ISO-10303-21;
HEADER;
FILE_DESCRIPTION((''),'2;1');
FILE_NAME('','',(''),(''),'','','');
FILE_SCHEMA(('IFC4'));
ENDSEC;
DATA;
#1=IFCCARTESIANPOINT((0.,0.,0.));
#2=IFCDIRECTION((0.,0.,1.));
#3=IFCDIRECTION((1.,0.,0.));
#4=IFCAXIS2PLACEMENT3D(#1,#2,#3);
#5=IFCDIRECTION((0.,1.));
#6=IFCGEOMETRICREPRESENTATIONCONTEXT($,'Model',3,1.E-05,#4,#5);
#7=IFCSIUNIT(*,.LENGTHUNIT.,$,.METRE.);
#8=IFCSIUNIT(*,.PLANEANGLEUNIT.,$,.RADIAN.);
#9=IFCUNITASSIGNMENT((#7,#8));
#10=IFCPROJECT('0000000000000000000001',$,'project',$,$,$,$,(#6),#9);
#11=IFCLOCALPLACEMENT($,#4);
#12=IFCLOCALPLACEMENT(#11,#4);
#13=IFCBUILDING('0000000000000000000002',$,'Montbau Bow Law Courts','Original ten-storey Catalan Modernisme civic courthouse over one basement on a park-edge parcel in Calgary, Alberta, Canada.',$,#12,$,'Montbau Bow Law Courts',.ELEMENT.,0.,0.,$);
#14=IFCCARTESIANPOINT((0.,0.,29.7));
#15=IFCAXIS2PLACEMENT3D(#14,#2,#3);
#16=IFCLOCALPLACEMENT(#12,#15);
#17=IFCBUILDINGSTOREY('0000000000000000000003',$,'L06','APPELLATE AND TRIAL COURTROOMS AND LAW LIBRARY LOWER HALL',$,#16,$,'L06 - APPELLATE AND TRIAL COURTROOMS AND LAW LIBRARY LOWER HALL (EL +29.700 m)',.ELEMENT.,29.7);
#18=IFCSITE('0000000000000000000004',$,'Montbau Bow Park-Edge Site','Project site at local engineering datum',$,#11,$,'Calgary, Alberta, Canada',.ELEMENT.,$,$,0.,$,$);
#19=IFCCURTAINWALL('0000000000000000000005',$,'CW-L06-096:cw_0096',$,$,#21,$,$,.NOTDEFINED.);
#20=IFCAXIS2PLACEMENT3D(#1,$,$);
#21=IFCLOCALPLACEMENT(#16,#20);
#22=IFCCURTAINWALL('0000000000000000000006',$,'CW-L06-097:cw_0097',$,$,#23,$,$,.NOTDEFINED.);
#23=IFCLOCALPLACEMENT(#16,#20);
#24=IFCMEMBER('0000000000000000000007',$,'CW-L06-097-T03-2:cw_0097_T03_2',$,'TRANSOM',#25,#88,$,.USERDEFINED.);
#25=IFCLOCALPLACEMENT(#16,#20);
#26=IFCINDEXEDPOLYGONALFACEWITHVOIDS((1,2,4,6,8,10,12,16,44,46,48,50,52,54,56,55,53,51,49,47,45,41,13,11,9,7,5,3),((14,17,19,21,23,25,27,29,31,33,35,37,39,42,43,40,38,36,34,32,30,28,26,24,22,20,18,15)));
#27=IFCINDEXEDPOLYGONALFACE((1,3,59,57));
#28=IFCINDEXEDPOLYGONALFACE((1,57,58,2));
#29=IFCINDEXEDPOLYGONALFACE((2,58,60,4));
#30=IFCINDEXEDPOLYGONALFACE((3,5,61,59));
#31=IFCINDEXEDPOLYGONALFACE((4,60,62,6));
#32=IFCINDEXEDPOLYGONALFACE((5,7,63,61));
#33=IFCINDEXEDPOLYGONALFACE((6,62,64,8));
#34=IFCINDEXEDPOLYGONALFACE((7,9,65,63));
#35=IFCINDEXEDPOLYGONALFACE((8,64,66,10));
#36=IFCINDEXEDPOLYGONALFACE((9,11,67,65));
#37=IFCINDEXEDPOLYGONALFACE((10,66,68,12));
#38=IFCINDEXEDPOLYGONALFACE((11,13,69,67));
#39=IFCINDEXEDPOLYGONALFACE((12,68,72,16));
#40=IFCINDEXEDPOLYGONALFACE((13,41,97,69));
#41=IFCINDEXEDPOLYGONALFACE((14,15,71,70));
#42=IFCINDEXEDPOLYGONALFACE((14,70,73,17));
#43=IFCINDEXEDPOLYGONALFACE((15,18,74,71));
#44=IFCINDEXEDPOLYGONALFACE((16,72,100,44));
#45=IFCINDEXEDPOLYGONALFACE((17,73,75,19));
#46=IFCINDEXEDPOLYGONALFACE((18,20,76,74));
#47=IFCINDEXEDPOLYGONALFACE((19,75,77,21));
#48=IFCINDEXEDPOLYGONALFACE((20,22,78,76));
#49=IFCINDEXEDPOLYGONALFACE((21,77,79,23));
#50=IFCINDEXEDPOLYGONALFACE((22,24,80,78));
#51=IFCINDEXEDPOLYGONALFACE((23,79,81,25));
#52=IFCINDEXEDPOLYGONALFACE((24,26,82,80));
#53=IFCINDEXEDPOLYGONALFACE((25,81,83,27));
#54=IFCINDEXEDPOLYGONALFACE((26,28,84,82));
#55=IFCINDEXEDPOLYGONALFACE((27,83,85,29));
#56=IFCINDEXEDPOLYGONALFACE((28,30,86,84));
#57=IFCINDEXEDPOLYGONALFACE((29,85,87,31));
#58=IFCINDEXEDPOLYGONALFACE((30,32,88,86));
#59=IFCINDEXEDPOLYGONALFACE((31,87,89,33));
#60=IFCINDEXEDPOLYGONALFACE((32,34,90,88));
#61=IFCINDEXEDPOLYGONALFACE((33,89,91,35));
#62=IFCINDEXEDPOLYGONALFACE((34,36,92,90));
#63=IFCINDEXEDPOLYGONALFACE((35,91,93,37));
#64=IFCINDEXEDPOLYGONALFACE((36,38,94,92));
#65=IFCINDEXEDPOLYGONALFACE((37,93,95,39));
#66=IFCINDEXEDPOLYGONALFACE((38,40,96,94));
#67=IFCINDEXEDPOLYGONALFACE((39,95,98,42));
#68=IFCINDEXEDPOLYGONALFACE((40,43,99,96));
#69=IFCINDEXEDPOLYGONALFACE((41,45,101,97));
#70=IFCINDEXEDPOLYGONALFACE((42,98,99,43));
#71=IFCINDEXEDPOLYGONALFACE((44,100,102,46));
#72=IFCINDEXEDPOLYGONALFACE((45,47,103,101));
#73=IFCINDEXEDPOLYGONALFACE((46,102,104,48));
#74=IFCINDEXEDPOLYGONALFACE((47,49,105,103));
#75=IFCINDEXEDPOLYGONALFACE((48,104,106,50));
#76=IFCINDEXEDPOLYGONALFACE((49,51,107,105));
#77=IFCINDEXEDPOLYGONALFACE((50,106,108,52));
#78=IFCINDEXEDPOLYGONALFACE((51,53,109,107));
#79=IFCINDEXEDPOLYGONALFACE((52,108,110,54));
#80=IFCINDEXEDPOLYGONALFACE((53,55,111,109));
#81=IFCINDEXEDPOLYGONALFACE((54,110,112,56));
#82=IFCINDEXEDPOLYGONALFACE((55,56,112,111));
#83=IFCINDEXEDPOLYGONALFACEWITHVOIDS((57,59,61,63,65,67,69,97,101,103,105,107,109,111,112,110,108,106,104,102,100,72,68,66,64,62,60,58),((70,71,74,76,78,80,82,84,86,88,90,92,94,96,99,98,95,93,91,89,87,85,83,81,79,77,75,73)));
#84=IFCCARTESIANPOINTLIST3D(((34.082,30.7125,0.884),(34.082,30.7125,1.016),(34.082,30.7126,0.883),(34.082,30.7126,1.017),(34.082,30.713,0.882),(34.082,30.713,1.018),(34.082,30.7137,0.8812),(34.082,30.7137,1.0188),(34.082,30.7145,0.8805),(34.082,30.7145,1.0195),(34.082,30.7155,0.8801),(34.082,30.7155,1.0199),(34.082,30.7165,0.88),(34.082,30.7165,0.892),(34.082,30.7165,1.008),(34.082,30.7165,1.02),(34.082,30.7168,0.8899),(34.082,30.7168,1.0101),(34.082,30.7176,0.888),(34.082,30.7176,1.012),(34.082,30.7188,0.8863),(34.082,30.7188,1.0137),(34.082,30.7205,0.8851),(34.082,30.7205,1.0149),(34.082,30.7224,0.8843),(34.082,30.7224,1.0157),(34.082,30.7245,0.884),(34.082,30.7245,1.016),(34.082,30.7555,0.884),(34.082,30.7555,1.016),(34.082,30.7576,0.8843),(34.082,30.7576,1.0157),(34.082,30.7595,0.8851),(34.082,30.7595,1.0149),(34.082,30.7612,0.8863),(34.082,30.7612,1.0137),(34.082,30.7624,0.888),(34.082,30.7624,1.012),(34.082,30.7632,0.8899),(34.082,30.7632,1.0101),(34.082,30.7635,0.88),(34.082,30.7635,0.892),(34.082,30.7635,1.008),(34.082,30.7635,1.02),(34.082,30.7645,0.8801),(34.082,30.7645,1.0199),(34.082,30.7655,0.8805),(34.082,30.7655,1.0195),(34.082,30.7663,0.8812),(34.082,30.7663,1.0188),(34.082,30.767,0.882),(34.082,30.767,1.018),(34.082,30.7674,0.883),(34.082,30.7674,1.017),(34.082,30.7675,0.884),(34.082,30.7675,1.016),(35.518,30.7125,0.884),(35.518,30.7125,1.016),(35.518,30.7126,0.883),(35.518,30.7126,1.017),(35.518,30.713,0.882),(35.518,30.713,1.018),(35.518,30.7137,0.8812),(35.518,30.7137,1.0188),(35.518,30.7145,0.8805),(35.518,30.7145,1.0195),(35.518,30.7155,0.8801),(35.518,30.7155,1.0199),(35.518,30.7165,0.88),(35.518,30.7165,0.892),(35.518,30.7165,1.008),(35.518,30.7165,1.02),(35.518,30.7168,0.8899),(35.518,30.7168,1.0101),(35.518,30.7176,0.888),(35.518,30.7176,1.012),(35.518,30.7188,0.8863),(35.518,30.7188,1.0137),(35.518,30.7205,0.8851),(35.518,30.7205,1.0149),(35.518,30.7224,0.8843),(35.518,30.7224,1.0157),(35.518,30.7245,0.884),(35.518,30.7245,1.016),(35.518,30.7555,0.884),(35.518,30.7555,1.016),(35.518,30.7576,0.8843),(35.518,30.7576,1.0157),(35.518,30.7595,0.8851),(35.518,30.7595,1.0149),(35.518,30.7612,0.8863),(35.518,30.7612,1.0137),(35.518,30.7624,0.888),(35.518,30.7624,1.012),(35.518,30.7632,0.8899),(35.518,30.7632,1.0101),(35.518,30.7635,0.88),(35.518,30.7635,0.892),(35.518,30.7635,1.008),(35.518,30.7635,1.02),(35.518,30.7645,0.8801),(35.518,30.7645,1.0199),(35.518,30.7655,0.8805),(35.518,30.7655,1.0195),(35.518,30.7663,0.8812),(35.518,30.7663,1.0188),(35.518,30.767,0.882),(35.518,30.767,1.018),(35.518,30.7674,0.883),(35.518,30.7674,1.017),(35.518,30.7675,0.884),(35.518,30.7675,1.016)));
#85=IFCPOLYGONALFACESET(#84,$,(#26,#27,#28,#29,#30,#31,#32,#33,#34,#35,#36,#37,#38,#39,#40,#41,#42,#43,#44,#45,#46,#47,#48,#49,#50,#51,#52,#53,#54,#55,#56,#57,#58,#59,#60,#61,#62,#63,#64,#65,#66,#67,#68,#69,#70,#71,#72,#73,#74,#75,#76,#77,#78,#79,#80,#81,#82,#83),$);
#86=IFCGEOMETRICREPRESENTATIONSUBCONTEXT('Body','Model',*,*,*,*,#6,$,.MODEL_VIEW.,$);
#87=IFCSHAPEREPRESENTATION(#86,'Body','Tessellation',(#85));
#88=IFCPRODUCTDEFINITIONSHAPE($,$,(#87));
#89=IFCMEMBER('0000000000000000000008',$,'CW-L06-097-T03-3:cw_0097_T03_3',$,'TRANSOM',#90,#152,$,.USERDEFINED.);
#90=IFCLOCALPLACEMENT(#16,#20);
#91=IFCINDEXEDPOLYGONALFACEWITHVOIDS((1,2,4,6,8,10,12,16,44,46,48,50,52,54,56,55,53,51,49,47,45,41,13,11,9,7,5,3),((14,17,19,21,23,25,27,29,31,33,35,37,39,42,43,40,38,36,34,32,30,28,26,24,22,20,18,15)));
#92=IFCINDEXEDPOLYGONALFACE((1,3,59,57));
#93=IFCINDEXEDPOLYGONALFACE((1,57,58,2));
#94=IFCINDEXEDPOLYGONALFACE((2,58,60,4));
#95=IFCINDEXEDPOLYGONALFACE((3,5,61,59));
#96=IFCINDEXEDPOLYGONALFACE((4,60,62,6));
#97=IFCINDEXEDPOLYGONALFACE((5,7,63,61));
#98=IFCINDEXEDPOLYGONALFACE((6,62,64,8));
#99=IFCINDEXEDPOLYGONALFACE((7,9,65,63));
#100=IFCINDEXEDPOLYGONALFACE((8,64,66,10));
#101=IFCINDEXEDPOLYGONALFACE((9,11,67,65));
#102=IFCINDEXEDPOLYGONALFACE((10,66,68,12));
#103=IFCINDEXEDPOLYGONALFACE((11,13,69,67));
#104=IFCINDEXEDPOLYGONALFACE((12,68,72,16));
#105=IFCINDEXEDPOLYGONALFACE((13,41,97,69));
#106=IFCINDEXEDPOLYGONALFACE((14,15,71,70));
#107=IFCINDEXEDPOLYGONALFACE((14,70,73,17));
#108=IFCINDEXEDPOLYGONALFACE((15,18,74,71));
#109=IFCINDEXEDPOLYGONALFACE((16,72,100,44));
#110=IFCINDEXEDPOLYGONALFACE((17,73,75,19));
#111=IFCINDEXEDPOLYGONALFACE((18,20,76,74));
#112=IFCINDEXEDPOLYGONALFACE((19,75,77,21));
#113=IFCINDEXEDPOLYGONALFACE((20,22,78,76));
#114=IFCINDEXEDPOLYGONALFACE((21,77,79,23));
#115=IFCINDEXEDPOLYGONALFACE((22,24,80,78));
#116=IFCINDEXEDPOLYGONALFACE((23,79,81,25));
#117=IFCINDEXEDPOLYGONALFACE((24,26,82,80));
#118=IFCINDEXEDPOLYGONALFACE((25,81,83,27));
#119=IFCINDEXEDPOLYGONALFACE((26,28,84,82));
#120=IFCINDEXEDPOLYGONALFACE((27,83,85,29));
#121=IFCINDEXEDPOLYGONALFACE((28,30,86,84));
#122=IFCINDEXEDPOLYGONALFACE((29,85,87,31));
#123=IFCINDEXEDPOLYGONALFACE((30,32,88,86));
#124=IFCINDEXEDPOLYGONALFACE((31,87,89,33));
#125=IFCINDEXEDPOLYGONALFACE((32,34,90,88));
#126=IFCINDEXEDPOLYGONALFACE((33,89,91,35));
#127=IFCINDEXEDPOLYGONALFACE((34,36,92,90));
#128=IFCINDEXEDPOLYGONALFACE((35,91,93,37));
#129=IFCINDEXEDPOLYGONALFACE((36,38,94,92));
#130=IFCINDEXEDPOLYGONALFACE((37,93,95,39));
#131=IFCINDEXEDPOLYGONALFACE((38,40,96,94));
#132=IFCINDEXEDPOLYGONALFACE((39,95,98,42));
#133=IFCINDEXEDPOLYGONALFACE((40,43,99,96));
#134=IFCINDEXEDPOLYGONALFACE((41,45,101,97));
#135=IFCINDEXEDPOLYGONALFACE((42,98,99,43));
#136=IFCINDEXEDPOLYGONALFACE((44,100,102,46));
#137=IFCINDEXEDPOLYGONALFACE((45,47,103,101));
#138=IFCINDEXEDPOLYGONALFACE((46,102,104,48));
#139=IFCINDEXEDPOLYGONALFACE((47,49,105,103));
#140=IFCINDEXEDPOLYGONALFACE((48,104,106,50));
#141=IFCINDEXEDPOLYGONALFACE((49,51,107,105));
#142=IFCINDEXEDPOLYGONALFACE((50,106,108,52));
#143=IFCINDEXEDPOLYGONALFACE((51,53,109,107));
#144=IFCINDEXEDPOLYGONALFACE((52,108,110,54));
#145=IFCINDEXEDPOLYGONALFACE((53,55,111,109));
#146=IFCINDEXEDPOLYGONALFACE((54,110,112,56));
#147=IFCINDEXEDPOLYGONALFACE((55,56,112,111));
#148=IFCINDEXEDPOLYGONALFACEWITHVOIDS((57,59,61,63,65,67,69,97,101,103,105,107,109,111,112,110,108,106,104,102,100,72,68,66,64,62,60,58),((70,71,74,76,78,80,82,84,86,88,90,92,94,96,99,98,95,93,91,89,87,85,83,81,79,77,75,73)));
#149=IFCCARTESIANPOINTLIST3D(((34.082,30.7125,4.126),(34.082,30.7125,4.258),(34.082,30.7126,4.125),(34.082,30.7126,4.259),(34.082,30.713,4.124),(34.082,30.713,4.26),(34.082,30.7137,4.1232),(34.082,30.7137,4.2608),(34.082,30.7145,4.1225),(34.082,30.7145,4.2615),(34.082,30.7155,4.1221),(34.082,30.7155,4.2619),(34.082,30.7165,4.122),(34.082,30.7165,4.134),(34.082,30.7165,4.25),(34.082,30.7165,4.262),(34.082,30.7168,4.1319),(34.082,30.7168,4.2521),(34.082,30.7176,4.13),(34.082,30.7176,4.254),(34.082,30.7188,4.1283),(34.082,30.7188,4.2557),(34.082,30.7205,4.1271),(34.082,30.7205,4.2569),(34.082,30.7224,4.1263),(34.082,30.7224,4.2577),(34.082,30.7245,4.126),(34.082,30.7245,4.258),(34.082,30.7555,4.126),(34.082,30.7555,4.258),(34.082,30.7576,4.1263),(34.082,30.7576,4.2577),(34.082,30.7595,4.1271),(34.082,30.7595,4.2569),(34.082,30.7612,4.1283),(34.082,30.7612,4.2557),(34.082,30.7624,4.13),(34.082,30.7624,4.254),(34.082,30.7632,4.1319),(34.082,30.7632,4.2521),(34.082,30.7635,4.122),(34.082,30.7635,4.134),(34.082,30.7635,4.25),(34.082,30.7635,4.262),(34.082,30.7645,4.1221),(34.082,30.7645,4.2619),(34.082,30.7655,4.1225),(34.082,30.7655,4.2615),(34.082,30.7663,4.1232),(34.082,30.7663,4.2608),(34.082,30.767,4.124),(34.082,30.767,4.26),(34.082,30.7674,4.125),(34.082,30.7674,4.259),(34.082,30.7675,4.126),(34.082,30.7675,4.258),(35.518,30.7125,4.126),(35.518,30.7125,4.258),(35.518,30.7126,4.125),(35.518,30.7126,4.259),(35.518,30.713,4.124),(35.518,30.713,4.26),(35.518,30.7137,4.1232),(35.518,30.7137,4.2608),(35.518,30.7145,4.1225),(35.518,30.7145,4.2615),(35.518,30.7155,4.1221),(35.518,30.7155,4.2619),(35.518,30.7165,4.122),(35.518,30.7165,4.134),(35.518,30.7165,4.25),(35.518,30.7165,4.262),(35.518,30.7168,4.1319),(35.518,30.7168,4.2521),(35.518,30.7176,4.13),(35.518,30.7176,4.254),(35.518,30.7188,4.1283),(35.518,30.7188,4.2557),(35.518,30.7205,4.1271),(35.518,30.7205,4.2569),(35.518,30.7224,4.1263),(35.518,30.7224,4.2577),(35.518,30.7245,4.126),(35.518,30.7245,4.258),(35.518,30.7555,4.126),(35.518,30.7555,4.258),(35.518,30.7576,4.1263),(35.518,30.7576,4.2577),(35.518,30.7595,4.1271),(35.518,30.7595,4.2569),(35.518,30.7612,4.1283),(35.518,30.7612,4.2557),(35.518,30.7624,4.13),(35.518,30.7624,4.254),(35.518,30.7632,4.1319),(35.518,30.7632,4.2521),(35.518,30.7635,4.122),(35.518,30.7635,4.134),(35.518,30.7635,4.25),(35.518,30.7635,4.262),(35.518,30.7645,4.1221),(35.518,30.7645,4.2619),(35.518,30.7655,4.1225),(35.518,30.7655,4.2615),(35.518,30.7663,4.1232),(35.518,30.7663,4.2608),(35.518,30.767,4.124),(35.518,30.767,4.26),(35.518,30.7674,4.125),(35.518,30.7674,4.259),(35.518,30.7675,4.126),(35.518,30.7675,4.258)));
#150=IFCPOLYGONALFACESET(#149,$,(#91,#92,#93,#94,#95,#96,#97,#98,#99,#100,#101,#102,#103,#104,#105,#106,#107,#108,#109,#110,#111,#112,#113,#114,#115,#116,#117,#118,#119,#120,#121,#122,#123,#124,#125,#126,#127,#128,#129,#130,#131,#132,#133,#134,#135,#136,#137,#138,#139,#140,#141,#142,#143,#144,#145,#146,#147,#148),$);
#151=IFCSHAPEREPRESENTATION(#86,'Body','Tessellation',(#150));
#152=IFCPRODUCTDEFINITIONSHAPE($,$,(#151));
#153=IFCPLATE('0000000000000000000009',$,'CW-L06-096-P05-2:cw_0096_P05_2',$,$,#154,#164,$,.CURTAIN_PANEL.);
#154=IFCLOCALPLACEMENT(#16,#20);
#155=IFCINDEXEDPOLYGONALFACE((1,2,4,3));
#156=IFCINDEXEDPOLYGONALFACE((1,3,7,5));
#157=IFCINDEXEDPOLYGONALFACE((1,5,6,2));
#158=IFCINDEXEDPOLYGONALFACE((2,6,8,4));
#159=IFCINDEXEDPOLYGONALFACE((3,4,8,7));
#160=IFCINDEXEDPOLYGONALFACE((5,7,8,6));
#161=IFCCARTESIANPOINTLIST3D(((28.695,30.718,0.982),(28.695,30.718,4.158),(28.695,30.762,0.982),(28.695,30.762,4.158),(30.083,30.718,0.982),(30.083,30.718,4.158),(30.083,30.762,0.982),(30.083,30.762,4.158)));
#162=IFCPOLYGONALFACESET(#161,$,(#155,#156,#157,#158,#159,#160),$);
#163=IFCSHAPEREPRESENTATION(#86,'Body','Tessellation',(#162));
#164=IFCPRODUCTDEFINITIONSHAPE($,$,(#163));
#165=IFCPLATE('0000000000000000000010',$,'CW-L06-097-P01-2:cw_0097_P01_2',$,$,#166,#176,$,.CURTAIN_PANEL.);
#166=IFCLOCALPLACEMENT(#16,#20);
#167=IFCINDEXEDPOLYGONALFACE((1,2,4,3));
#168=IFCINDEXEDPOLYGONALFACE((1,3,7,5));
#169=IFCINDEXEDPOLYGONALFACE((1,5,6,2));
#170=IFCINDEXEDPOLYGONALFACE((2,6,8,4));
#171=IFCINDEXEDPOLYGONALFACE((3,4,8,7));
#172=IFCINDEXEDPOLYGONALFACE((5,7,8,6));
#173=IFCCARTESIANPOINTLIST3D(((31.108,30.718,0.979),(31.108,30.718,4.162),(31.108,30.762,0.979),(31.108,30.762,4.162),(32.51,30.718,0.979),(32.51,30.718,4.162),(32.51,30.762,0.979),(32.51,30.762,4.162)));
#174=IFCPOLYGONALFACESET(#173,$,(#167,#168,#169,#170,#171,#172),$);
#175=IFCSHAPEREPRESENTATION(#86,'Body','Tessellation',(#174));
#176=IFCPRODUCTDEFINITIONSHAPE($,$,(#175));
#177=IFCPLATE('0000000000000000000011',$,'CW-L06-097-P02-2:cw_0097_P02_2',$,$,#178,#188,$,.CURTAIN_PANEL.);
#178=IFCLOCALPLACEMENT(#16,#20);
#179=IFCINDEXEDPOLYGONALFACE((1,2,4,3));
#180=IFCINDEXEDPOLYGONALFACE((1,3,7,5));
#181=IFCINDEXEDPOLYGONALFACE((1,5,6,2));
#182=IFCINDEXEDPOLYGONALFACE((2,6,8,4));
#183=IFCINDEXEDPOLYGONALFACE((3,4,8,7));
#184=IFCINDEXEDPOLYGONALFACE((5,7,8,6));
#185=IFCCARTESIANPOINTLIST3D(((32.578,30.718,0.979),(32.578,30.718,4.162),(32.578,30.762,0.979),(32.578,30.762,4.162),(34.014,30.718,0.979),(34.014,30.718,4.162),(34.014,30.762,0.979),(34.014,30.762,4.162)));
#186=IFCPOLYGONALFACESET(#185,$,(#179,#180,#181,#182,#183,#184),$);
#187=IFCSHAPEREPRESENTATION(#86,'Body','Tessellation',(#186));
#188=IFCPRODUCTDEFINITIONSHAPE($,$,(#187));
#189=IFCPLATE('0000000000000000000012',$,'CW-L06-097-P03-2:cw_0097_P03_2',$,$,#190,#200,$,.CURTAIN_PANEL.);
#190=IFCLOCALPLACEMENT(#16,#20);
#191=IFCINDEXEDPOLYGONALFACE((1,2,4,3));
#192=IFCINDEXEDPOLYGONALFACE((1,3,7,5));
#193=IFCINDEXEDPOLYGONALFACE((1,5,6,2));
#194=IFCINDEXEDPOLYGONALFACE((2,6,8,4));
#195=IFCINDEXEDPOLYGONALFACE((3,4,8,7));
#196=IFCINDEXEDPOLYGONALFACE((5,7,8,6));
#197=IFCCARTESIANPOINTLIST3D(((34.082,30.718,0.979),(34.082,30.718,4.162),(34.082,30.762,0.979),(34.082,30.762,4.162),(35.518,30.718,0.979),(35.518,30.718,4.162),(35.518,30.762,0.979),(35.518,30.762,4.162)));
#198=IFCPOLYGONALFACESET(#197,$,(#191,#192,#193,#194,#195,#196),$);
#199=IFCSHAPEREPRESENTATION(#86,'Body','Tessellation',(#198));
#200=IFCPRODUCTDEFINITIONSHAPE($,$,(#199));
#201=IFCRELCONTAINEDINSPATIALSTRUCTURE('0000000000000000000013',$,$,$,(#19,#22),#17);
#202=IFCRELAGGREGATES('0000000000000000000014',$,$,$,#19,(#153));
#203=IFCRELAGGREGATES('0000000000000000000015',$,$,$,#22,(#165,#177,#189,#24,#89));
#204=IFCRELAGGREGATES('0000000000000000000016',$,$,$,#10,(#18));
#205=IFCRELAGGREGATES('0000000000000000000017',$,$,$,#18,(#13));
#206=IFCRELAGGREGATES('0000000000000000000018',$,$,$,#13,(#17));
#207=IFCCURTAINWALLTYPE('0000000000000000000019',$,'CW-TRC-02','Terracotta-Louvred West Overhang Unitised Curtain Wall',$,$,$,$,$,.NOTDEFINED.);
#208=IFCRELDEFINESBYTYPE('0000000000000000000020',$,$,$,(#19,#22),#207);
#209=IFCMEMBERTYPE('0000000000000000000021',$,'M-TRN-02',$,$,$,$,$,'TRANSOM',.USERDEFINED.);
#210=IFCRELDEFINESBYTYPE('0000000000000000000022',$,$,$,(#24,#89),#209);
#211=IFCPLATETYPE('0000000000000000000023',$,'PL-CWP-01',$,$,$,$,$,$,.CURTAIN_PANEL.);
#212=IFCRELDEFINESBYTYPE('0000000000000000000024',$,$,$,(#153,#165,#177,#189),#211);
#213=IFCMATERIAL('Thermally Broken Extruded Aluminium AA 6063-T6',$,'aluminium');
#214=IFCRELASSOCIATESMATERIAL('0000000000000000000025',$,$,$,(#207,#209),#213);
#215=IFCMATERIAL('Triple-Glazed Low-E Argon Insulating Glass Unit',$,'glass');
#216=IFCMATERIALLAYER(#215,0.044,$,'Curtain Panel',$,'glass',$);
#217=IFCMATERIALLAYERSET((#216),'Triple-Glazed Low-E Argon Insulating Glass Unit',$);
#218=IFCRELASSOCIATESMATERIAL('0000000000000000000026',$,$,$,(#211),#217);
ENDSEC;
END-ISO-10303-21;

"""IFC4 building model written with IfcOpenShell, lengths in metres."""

from ifc_helpers import new_model, si_unit, direction, frame, frame_2d, origin_with_axes, origin_2d_with_axis, place, context, subcontext, project, spatial, rectangle, hollow_rectangle, extrude, material, layer, layer_set, material_profile, profile_set, type_object, element, aggregate, save


model = new_model("IFC4")

# Units and contexts
model_context = context("Model", 3, precision=1e-05, world=origin_with_axes(), true_north=direction((0.0, 1.0)))
body_context = subcontext(model_context, "Body", "Model", "MODEL_VIEW")
ifc_project = project(units=[si_unit("LENGTHUNIT", "METRE"), si_unit("PLANEANGLEUNIT", "RADIAN")], contexts=[model_context])

# Site, building, storey
site_placement = place(None, origin_with_axes())
site = spatial("IfcSite", under=ifc_project, at=site_placement, Name="Montbau Bow Park-Edge Site", Description="Project site at local engineering datum", LongName="Calgary, Alberta, Canada", CompositionType="ELEMENT", RefElevation=0.0)
building_placement = place(site_placement, origin_with_axes())
building = spatial("IfcBuilding", under=site, at=building_placement, Name="Montbau Bow Law Courts", Description="Original ten-storey Catalan Modernisme civic courthouse over one basement on a park-edge parcel in Calgary, Alberta, Canada.", LongName="Montbau Bow Law Courts", CompositionType="ELEMENT", ElevationOfRefHeight=0.0, ElevationOfTerrain=0.0)
storey_placement = place(building_placement, frame((0.0, 0.0, 29.7), z_axis=(0.0, 0.0, 1.0), x_axis=(1.0, 0.0, 0.0)))
storey = spatial("IfcBuildingStorey", under=building, at=storey_placement, Name="L06", Description="APPELLATE AND TRIAL COURTROOMS AND LAW LIBRARY LOWER HALL", LongName="L06 - APPELLATE AND TRIAL COURTROOMS AND LAW LIBRARY LOWER HALL (EL +29.700 m)", CompositionType="ELEMENT", Elevation=29.7)

# Curtain walls
ifc_material_1 = material(Name="Thermally Broken Extruded Aluminium AA 6063-T6", Category="aluminium")
curtain_wall_type = type_object("IfcCurtainWallType", Name="CW-TRC-02", Description="Terracotta-Louvred West Overhang Unitised Curtain Wall", PredefinedType="NOTDEFINED", material=ifc_material_1)
curtain_wall_1_placement = place(None, frame((22.64, 30.74, 29.7), z_axis=(0.0, 0.0, 1.0), x_axis=(1.0, 0.0, 0.0)))
curtain_wall_1 = element("IfcCurtainWall", 1, at=curtain_wall_1_placement, inside=storey, type_object=curtain_wall_type, Name="CW-L06-096:cw_0096", PredefinedType="NOTDEFINED")
curtain_wall_2_placement = place(None, frame((31.04, 30.74, 29.7), z_axis=(0.0, 0.0, 1.0), x_axis=(1.0, 0.0, 0.0)))
curtain_wall_2 = element("IfcCurtainWall", 2, at=curtain_wall_2_placement, inside=storey, type_object=curtain_wall_type, Name="CW-L06-097:cw_0097", PredefinedType="NOTDEFINED")

# Members
ifc_material_profile_1 = material_profile(ifc_material_1, hollow_rectangle(XDim=0.055, YDim=0.14, WallThickness=0.004, InnerFilletRadius=0.008, OuterFilletRadius=0.004, at=origin_2d_with_axis()), Name="CWT-140X55", Category="Main", Priority=0)
ifc_profile_set_1 = profile_set([ifc_material_profile_1], Name="Thermally Broken Extruded Aluminium AA 6063-T6")
member_type_1 = type_object("IfcMemberType", Name="M-TRN-02", ElementType="TRANSOM", PredefinedType="USERDEFINED", material=ifc_profile_set_1)
member_1_placement = place(None, frame((34.082, 30.74, 30.65), z_axis=(1.0, 0.0, 0.0), x_axis=(0.0, 1.0, 0.0)))
member_1 = element("IfcMember", 3, at=member_1_placement, type_object=member_type_1, Name="CW-L06-097-T03-2:cw_0097_T03_2", ObjectType="TRANSOM", PredefinedType="USERDEFINED", context=body_context, shape_type="SweptSolid", body=[
    extrude(hollow_rectangle(XDim=0.055, YDim=0.14, WallThickness=0.004, InnerFilletRadius=0.008, OuterFilletRadius=0.004, at=origin_2d_with_axis()), origin_with_axes(), (0.0, 0.0, 1.0), 1.436),
])
member_2_placement = place(None, frame((34.082, 30.74, 33.892), z_axis=(1.0, 0.0, 0.0), x_axis=(0.0, 1.0, 0.0)))
member_2 = element("IfcMember", 4, at=member_2_placement, type_object=member_type_1, Name="CW-L06-097-T03-3:cw_0097_T03_3", ObjectType="TRANSOM", PredefinedType="USERDEFINED", context=body_context, shape_type="SweptSolid", body=[
    extrude(hollow_rectangle(XDim=0.055, YDim=0.14, WallThickness=0.004, InnerFilletRadius=0.008, OuterFilletRadius=0.004, at=origin_2d_with_axis()), origin_with_axes(), (0.0, 0.0, 1.0), 1.436),
])

# Plates
ifc_material_2 = material(Name="Triple-Glazed Low-E Argon Insulating Glass Unit", Category="glass")
ifc_layer_1 = layer(ifc_material_2, 0.044, Name="Curtain Panel", Category="glass")
ifc_layer_set_1 = layer_set([ifc_layer_1], Name="Triple-Glazed Low-E Argon Insulating Glass Unit")
plate_type_1 = type_object("IfcPlateType", Name="PL-CWP-01", PredefinedType="CURTAIN_PANEL", material=ifc_layer_set_1)
plate_1_placement = place(None, frame((28.695, 30.74, 30.682), z_axis=(0.0, -1.0, 0.0), x_axis=(1.0, 0.0, 0.0)))
plate_1 = element("IfcPlate", 5, at=plate_1_placement, type_object=plate_type_1, Name="CW-L06-096-P05-2:cw_0096_P05_2", PredefinedType="CURTAIN_PANEL", context=body_context, shape_type="SweptSolid", body=[
    extrude(rectangle(XDim=1.388, YDim=3.176, at=frame_2d((0.694, 1.588), x_axis=(1.0, 0.0))), frame((0.0, 0.0, -0.022), z_axis=(0.0, 0.0, 1.0), x_axis=(1.0, 0.0, 0.0)), (0.0, 0.0, 1.0), 0.044),
])
plate_2_placement = place(None, frame((31.108, 30.74, 30.679), z_axis=(0.0, -1.0, 0.0), x_axis=(1.0, 0.0, 0.0)))
plate_2 = element("IfcPlate", 6, at=plate_2_placement, type_object=plate_type_1, Name="CW-L06-097-P01-2:cw_0097_P01_2", PredefinedType="CURTAIN_PANEL", context=body_context, shape_type="SweptSolid", body=[
    extrude(rectangle(XDim=1.402, YDim=3.183, at=frame_2d((0.701, 1.5915), x_axis=(1.0, 0.0))), frame((0.0, 0.0, -0.022), z_axis=(0.0, 0.0, 1.0), x_axis=(1.0, 0.0, 0.0)), (0.0, 0.0, 1.0), 0.044),
])
plate_3_placement = place(None, frame((32.578, 30.74, 30.679), z_axis=(0.0, -1.0, 0.0), x_axis=(1.0, 0.0, 0.0)))
plate_3 = element("IfcPlate", 7, at=plate_3_placement, type_object=plate_type_1, Name="CW-L06-097-P02-2:cw_0097_P02_2", PredefinedType="CURTAIN_PANEL", context=body_context, shape_type="SweptSolid", body=[
    extrude(rectangle(XDim=1.436, YDim=3.183, at=frame_2d((0.718, 1.5915), x_axis=(1.0, 0.0))), frame((0.0, 0.0, -0.022), z_axis=(0.0, 0.0, 1.0), x_axis=(1.0, 0.0, 0.0)), (0.0, 0.0, 1.0), 0.044),
])
plate_4_placement = place(None, frame((34.082, 30.74, 30.679), z_axis=(0.0, -1.0, 0.0), x_axis=(1.0, 0.0, 0.0)))
plate_4 = element("IfcPlate", 8, at=plate_4_placement, type_object=plate_type_1, Name="CW-L06-097-P03-2:cw_0097_P03_2", PredefinedType="CURTAIN_PANEL", context=body_context, shape_type="SweptSolid", body=[
    extrude(rectangle(XDim=1.436, YDim=3.183, at=frame_2d((0.718, 1.5915), x_axis=(1.0, 0.0))), frame((0.0, 0.0, -0.022), z_axis=(0.0, 0.0, 1.0), x_axis=(1.0, 0.0, 0.0)), (0.0, 0.0, 1.0), 0.044),
])
aggregate(curtain_wall_1, [plate_1])
aggregate(curtain_wall_2, [plate_2, plate_3, plate_4, member_1, member_2])

save(model, "model.ifc")
